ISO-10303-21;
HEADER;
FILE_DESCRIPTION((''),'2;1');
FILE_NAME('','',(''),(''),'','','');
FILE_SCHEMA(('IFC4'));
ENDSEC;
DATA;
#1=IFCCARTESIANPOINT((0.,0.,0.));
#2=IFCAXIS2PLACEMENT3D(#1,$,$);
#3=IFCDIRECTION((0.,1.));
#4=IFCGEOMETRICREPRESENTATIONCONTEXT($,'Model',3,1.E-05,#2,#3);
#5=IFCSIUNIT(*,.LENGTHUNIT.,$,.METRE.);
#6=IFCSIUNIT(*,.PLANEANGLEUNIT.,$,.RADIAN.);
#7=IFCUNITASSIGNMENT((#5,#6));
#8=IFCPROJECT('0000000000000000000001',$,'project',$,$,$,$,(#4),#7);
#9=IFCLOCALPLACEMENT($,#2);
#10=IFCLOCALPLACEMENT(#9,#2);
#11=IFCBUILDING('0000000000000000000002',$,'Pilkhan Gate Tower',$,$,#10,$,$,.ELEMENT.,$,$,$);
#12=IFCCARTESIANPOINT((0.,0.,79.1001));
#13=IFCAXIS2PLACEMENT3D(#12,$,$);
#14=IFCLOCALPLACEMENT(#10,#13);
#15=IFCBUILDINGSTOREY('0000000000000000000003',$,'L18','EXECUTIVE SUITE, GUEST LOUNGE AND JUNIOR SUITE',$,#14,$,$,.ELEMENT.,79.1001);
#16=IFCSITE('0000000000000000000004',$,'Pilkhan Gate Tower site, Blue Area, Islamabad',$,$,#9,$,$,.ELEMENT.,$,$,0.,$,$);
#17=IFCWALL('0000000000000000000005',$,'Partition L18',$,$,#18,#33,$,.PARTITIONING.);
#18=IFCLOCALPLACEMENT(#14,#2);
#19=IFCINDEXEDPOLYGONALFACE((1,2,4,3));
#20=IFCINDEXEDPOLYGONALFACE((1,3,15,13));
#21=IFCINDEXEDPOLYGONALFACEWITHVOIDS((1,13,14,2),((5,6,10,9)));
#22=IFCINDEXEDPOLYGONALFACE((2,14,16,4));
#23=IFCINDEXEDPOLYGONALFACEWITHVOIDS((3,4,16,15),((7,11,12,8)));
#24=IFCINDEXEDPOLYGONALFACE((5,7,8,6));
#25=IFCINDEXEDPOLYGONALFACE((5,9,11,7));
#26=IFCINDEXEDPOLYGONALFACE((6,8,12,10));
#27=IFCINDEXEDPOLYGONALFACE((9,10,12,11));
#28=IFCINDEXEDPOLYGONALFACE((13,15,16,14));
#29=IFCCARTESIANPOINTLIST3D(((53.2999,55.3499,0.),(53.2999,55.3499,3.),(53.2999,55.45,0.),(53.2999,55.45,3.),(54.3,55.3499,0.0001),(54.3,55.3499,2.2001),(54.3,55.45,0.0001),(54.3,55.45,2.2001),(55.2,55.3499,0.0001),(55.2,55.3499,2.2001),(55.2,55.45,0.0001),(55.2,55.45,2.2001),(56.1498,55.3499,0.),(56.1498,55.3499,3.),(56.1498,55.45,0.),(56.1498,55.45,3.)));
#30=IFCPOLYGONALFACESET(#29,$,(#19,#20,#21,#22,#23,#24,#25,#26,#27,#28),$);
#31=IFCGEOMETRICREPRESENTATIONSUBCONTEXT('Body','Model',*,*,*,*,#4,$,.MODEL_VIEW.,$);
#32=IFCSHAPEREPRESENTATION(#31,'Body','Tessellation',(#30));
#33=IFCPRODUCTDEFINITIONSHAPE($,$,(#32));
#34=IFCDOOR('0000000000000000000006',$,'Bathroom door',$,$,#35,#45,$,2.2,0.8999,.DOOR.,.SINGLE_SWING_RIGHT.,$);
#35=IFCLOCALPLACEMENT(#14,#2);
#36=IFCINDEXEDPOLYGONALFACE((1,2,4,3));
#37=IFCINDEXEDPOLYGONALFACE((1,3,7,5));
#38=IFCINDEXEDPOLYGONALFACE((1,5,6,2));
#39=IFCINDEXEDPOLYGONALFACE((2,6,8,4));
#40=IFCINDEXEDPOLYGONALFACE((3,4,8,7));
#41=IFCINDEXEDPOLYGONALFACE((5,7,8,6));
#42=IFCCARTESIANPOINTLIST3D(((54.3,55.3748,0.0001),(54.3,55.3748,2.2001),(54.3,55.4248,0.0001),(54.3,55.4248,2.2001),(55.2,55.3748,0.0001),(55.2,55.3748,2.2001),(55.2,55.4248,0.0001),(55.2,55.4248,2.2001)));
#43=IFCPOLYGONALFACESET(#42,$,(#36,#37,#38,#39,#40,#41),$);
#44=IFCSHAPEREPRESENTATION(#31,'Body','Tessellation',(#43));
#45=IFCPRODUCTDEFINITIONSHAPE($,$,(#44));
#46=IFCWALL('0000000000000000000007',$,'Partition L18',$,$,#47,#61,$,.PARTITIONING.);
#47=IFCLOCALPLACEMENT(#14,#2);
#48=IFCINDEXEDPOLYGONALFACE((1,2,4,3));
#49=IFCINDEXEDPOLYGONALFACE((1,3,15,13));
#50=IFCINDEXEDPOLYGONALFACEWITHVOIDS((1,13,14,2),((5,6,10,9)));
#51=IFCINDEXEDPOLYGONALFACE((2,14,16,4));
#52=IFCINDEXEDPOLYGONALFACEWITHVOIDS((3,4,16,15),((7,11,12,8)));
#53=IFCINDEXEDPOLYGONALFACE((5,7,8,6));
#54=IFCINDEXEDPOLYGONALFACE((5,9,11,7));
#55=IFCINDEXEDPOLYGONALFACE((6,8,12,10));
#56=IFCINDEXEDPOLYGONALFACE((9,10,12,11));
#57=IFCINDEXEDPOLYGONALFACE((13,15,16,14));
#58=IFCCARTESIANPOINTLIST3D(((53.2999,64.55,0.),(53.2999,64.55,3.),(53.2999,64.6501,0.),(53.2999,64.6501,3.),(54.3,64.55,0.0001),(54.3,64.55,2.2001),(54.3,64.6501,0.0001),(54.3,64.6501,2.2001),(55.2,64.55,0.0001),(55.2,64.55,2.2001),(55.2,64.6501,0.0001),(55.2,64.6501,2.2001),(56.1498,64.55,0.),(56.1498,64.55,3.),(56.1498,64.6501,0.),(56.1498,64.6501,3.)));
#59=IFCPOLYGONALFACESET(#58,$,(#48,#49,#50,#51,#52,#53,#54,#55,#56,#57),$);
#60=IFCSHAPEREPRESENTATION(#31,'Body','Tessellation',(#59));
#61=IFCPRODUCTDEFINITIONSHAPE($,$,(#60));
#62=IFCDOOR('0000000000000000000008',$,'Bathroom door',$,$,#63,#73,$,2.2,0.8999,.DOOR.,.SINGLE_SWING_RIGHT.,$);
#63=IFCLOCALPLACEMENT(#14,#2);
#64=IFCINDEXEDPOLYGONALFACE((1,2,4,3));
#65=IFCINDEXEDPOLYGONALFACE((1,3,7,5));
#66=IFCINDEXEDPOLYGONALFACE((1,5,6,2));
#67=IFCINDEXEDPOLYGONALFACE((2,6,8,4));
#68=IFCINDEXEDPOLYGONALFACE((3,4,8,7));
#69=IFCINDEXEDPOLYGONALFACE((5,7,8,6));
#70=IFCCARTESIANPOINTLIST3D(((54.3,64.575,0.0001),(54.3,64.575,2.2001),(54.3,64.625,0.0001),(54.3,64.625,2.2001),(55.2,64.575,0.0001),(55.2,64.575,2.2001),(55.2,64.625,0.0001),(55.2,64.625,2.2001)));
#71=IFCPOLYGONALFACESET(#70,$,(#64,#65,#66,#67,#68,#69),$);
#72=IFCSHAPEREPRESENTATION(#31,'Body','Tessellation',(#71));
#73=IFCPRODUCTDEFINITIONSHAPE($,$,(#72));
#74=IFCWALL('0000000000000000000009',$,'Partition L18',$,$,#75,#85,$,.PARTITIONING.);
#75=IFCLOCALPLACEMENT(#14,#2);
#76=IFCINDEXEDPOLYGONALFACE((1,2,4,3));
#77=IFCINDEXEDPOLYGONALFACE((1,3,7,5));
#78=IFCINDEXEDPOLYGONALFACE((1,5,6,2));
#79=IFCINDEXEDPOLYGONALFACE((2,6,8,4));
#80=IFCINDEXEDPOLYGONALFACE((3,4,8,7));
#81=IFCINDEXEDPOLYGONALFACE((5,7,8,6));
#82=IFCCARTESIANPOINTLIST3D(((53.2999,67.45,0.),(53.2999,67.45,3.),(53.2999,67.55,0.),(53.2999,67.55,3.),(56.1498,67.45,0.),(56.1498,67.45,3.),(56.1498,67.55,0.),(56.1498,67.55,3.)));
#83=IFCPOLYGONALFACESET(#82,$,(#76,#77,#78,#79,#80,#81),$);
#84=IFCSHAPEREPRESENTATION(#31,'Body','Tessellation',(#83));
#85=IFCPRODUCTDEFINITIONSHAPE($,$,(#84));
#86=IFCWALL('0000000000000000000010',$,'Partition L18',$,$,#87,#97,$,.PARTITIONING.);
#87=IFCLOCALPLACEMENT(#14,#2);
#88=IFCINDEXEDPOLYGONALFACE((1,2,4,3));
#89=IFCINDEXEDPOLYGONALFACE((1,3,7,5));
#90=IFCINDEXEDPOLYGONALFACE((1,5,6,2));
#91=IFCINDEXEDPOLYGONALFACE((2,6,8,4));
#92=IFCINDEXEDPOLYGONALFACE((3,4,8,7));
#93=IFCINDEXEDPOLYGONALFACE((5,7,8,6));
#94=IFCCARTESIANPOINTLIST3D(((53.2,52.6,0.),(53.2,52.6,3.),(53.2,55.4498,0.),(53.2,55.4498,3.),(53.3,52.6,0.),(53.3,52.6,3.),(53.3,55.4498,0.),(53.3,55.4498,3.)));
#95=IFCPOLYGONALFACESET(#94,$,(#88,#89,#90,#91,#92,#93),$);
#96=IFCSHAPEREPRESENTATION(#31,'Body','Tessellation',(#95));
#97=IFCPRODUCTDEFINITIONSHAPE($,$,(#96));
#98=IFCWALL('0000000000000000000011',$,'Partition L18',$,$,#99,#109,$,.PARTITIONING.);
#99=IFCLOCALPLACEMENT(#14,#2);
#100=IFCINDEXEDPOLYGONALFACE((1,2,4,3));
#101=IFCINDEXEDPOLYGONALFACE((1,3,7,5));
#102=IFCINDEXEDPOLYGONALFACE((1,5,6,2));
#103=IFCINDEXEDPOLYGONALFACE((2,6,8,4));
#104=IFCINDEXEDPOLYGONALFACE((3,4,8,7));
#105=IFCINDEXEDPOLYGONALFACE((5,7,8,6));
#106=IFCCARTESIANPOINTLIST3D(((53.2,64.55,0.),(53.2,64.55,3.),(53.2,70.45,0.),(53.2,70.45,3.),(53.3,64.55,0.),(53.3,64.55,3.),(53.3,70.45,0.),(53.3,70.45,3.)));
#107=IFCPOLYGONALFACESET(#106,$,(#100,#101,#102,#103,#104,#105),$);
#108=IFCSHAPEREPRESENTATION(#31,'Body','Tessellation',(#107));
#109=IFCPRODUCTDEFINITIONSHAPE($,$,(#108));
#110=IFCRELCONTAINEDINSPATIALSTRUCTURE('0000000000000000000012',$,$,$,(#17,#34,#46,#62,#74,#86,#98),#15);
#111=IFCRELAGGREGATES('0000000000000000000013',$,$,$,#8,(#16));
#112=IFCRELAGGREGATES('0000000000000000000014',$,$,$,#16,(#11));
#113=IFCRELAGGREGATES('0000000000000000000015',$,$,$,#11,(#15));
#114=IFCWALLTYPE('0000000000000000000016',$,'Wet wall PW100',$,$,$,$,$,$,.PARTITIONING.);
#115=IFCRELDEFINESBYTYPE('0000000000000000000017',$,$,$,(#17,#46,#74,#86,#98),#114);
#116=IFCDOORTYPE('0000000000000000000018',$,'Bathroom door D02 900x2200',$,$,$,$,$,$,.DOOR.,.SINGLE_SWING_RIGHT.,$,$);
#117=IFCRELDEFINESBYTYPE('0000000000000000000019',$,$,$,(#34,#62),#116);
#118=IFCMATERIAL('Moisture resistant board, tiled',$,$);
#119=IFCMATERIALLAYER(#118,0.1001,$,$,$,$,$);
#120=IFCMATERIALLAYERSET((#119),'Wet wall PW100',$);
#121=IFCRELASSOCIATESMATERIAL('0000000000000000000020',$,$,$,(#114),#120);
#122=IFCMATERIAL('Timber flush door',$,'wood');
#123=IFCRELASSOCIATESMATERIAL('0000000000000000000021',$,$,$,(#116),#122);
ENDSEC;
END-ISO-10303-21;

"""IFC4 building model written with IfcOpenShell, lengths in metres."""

from ifc_helpers import new_model, si_unit, direction, frame, frame_2d, origin, place, context, subcontext, project, spatial, rectangle, extrude, material, layer, layer_set, type_object, element, fill, save


model = new_model("IFC4")

# Units and contexts
model_context = context("Model", 3, precision=1e-05, world=origin(), true_north=direction((0.0, 1.0)))
body_context = subcontext(model_context, "Body", "Model", "MODEL_VIEW")
ifc_project = project(units=[si_unit("LENGTHUNIT", "METRE"), si_unit("PLANEANGLEUNIT", "RADIAN")], contexts=[model_context])

# Site, building, storey
site_placement = place(None, origin())
site = spatial("IfcSite", under=ifc_project, at=site_placement, Name="Pilkhan Gate Tower site, Blue Area, Islamabad", CompositionType="ELEMENT", RefElevation=0.0)
building_placement = place(site_placement, origin())
building = spatial("IfcBuilding", under=site, at=building_placement, Name="Pilkhan Gate Tower", CompositionType="ELEMENT")
storey_placement = place(building_placement, frame((0.0, 0.0, 79.1001)))
storey = spatial("IfcBuildingStorey", under=building, at=storey_placement, Name="L18", Description="EXECUTIVE SUITE, GUEST LOUNGE AND JUNIOR SUITE", CompositionType="ELEMENT", Elevation=79.1001)

# Walls, openings, doors
ifc_material_1 = material(Name="Moisture resistant board, tiled")
ifc_layer_1 = layer(ifc_material_1, 0.1001)
ifc_layer_set_1 = layer_set([ifc_layer_1], Name="Wet wall PW100")
wall_type_1 = type_object("IfcWallType", Name="Wet wall PW100", PredefinedType="PARTITIONING", material=ifc_layer_set_1)
wall_1_placement = place(storey_placement, frame((53.3, 55.3999, 0.0), z_axis=(0.0, 0.0, 1.0), x_axis=(1.0, 0.0, 0.0)))
wall_1 = element("IfcWall", 1, at=wall_1_placement, inside=storey, type_object=wall_type_1, Name="Partition L18", PredefinedType="PARTITIONING", context=body_context, shape_type="SweptSolid", body=[
    extrude(rectangle(XDim=2.8499, YDim=0.1001, at=frame_2d((1.4248, 0.0))), origin(), (0.0, 0.0, 1.0), 3.0),
])
opening_1_placement = place(wall_1_placement, frame((1.0, 0.0, 0.0)))
opening_1 = element("IfcOpeningElement", 2, at=opening_1_placement, cuts=wall_1, PredefinedType="OPENING", context=body_context, shape_type="SweptSolid", body=[
    extrude(rectangle(XDim=0.8999, YDim=2.2, at=frame_2d((0.45, 1.1001))), frame((0.0, 0.0601, 0.0), z_axis=(0.0, -1.0, 0.0), x_axis=(1.0, 0.0, 0.0)), (0.0, 0.0, 1.0), 0.1201),
])
ifc_material_2 = material(Name="Timber flush door", Category="wood")
door_type_1 = type_object("IfcDoorType", Name="Bathroom door D02 900x2200", OperationType="SINGLE_SWING_RIGHT", PredefinedType="DOOR", material=ifc_material_2)
door_1_placement = place(opening_1_placement, origin())
door_1 = element("IfcDoor", 3, at=door_1_placement, inside=storey, type_object=door_type_1, Name="Bathroom door", OperationType="SINGLE_SWING_RIGHT", OverallHeight=2.2, OverallWidth=0.8999, PredefinedType="DOOR", context=body_context, shape_type="SweptSolid", body=[
    extrude(rectangle(XDim=0.8999, YDim=2.2, at=frame_2d((0.45, 1.1001))), frame((0.0, 0.0249, 0.0), z_axis=(0.0, -1.0, 0.0), x_axis=(1.0, 0.0, 0.0)), (0.0, 0.0, 1.0), 0.05),
])
fill(opening_1, door_1)
wall_2_placement = place(storey_placement, frame((53.3, 64.6001, 0.0), z_axis=(0.0, 0.0, 1.0), x_axis=(1.0, 0.0, 0.0)))
wall_2 = element("IfcWall", 4, at=wall_2_placement, inside=storey, type_object=wall_type_1, Name="Partition L18", PredefinedType="PARTITIONING", context=body_context, shape_type="SweptSolid", body=[
    extrude(rectangle(XDim=2.8499, YDim=0.1001, at=frame_2d((1.4248, 0.0))), origin(), (0.0, 0.0, 1.0), 3.0),
])
opening_2_placement = place(wall_2_placement, frame((1.0, 0.0, 0.0)))
opening_2 = element("IfcOpeningElement", 5, at=opening_2_placement, cuts=wall_2, PredefinedType="OPENING", context=body_context, shape_type="SweptSolid", body=[
    extrude(rectangle(XDim=0.8999, YDim=2.2, at=frame_2d((0.45, 1.1001))), frame((0.0, 0.0601, 0.0), z_axis=(0.0, -1.0, 0.0), x_axis=(1.0, 0.0, 0.0)), (0.0, 0.0, 1.0), 0.1201),
])
door_2_placement = place(opening_2_placement, origin())
door_2 = element("IfcDoor", 6, at=door_2_placement, inside=storey, type_object=door_type_1, Name="Bathroom door", OperationType="SINGLE_SWING_RIGHT", OverallHeight=2.2, OverallWidth=0.8999, PredefinedType="DOOR", context=body_context, shape_type="SweptSolid", body=[
    extrude(rectangle(XDim=0.8999, YDim=2.2, at=frame_2d((0.45, 1.1001))), frame((0.0, 0.0249, 0.0), z_axis=(0.0, -1.0, 0.0), x_axis=(1.0, 0.0, 0.0)), (0.0, 0.0, 1.0), 0.05),
])
fill(opening_2, door_2)

# Walls
for number, where, z_axis, x_axis, name in (
    (7, (53.3, 67.5, 0.0), (0.0, 0.0, 1.0), (1.0, 0.0, 0.0), "Partition L18"),
    (8, (53.25, 52.6001, 0.0), (0.0, 0.0, 1.0), (0.0, 1.0, 0.0), "Partition L18"),
):
    element("IfcWall", number, at=place(storey_placement, frame(where, z_axis=z_axis, x_axis=x_axis)), inside=storey, type_object=wall_type_1, Name=name, PredefinedType="PARTITIONING", context=body_context, shape_type="SweptSolid", body=[
        extrude(rectangle(XDim=2.8499, YDim=0.1001, at=frame_2d((1.4248, 0.0))), origin(), (0.0, 0.0, 1.0), 3.0),
    ])
wall_3_placement = place(storey_placement, frame((53.25, 64.55, 0.0), z_axis=(0.0, 0.0, 1.0), x_axis=(0.0, 1.0, 0.0)))
element("IfcWall", 9, at=wall_3_placement, inside=storey, type_object=wall_type_1, Name="Partition L18", PredefinedType="PARTITIONING", context=body_context, shape_type="SweptSolid", body=[
    extrude(rectangle(XDim=5.8999, YDim=0.1001, at=frame_2d((2.95, 0.0))), origin(), (0.0, 0.0, 1.0), 3.0),
])

save(model, "model.ifc")
